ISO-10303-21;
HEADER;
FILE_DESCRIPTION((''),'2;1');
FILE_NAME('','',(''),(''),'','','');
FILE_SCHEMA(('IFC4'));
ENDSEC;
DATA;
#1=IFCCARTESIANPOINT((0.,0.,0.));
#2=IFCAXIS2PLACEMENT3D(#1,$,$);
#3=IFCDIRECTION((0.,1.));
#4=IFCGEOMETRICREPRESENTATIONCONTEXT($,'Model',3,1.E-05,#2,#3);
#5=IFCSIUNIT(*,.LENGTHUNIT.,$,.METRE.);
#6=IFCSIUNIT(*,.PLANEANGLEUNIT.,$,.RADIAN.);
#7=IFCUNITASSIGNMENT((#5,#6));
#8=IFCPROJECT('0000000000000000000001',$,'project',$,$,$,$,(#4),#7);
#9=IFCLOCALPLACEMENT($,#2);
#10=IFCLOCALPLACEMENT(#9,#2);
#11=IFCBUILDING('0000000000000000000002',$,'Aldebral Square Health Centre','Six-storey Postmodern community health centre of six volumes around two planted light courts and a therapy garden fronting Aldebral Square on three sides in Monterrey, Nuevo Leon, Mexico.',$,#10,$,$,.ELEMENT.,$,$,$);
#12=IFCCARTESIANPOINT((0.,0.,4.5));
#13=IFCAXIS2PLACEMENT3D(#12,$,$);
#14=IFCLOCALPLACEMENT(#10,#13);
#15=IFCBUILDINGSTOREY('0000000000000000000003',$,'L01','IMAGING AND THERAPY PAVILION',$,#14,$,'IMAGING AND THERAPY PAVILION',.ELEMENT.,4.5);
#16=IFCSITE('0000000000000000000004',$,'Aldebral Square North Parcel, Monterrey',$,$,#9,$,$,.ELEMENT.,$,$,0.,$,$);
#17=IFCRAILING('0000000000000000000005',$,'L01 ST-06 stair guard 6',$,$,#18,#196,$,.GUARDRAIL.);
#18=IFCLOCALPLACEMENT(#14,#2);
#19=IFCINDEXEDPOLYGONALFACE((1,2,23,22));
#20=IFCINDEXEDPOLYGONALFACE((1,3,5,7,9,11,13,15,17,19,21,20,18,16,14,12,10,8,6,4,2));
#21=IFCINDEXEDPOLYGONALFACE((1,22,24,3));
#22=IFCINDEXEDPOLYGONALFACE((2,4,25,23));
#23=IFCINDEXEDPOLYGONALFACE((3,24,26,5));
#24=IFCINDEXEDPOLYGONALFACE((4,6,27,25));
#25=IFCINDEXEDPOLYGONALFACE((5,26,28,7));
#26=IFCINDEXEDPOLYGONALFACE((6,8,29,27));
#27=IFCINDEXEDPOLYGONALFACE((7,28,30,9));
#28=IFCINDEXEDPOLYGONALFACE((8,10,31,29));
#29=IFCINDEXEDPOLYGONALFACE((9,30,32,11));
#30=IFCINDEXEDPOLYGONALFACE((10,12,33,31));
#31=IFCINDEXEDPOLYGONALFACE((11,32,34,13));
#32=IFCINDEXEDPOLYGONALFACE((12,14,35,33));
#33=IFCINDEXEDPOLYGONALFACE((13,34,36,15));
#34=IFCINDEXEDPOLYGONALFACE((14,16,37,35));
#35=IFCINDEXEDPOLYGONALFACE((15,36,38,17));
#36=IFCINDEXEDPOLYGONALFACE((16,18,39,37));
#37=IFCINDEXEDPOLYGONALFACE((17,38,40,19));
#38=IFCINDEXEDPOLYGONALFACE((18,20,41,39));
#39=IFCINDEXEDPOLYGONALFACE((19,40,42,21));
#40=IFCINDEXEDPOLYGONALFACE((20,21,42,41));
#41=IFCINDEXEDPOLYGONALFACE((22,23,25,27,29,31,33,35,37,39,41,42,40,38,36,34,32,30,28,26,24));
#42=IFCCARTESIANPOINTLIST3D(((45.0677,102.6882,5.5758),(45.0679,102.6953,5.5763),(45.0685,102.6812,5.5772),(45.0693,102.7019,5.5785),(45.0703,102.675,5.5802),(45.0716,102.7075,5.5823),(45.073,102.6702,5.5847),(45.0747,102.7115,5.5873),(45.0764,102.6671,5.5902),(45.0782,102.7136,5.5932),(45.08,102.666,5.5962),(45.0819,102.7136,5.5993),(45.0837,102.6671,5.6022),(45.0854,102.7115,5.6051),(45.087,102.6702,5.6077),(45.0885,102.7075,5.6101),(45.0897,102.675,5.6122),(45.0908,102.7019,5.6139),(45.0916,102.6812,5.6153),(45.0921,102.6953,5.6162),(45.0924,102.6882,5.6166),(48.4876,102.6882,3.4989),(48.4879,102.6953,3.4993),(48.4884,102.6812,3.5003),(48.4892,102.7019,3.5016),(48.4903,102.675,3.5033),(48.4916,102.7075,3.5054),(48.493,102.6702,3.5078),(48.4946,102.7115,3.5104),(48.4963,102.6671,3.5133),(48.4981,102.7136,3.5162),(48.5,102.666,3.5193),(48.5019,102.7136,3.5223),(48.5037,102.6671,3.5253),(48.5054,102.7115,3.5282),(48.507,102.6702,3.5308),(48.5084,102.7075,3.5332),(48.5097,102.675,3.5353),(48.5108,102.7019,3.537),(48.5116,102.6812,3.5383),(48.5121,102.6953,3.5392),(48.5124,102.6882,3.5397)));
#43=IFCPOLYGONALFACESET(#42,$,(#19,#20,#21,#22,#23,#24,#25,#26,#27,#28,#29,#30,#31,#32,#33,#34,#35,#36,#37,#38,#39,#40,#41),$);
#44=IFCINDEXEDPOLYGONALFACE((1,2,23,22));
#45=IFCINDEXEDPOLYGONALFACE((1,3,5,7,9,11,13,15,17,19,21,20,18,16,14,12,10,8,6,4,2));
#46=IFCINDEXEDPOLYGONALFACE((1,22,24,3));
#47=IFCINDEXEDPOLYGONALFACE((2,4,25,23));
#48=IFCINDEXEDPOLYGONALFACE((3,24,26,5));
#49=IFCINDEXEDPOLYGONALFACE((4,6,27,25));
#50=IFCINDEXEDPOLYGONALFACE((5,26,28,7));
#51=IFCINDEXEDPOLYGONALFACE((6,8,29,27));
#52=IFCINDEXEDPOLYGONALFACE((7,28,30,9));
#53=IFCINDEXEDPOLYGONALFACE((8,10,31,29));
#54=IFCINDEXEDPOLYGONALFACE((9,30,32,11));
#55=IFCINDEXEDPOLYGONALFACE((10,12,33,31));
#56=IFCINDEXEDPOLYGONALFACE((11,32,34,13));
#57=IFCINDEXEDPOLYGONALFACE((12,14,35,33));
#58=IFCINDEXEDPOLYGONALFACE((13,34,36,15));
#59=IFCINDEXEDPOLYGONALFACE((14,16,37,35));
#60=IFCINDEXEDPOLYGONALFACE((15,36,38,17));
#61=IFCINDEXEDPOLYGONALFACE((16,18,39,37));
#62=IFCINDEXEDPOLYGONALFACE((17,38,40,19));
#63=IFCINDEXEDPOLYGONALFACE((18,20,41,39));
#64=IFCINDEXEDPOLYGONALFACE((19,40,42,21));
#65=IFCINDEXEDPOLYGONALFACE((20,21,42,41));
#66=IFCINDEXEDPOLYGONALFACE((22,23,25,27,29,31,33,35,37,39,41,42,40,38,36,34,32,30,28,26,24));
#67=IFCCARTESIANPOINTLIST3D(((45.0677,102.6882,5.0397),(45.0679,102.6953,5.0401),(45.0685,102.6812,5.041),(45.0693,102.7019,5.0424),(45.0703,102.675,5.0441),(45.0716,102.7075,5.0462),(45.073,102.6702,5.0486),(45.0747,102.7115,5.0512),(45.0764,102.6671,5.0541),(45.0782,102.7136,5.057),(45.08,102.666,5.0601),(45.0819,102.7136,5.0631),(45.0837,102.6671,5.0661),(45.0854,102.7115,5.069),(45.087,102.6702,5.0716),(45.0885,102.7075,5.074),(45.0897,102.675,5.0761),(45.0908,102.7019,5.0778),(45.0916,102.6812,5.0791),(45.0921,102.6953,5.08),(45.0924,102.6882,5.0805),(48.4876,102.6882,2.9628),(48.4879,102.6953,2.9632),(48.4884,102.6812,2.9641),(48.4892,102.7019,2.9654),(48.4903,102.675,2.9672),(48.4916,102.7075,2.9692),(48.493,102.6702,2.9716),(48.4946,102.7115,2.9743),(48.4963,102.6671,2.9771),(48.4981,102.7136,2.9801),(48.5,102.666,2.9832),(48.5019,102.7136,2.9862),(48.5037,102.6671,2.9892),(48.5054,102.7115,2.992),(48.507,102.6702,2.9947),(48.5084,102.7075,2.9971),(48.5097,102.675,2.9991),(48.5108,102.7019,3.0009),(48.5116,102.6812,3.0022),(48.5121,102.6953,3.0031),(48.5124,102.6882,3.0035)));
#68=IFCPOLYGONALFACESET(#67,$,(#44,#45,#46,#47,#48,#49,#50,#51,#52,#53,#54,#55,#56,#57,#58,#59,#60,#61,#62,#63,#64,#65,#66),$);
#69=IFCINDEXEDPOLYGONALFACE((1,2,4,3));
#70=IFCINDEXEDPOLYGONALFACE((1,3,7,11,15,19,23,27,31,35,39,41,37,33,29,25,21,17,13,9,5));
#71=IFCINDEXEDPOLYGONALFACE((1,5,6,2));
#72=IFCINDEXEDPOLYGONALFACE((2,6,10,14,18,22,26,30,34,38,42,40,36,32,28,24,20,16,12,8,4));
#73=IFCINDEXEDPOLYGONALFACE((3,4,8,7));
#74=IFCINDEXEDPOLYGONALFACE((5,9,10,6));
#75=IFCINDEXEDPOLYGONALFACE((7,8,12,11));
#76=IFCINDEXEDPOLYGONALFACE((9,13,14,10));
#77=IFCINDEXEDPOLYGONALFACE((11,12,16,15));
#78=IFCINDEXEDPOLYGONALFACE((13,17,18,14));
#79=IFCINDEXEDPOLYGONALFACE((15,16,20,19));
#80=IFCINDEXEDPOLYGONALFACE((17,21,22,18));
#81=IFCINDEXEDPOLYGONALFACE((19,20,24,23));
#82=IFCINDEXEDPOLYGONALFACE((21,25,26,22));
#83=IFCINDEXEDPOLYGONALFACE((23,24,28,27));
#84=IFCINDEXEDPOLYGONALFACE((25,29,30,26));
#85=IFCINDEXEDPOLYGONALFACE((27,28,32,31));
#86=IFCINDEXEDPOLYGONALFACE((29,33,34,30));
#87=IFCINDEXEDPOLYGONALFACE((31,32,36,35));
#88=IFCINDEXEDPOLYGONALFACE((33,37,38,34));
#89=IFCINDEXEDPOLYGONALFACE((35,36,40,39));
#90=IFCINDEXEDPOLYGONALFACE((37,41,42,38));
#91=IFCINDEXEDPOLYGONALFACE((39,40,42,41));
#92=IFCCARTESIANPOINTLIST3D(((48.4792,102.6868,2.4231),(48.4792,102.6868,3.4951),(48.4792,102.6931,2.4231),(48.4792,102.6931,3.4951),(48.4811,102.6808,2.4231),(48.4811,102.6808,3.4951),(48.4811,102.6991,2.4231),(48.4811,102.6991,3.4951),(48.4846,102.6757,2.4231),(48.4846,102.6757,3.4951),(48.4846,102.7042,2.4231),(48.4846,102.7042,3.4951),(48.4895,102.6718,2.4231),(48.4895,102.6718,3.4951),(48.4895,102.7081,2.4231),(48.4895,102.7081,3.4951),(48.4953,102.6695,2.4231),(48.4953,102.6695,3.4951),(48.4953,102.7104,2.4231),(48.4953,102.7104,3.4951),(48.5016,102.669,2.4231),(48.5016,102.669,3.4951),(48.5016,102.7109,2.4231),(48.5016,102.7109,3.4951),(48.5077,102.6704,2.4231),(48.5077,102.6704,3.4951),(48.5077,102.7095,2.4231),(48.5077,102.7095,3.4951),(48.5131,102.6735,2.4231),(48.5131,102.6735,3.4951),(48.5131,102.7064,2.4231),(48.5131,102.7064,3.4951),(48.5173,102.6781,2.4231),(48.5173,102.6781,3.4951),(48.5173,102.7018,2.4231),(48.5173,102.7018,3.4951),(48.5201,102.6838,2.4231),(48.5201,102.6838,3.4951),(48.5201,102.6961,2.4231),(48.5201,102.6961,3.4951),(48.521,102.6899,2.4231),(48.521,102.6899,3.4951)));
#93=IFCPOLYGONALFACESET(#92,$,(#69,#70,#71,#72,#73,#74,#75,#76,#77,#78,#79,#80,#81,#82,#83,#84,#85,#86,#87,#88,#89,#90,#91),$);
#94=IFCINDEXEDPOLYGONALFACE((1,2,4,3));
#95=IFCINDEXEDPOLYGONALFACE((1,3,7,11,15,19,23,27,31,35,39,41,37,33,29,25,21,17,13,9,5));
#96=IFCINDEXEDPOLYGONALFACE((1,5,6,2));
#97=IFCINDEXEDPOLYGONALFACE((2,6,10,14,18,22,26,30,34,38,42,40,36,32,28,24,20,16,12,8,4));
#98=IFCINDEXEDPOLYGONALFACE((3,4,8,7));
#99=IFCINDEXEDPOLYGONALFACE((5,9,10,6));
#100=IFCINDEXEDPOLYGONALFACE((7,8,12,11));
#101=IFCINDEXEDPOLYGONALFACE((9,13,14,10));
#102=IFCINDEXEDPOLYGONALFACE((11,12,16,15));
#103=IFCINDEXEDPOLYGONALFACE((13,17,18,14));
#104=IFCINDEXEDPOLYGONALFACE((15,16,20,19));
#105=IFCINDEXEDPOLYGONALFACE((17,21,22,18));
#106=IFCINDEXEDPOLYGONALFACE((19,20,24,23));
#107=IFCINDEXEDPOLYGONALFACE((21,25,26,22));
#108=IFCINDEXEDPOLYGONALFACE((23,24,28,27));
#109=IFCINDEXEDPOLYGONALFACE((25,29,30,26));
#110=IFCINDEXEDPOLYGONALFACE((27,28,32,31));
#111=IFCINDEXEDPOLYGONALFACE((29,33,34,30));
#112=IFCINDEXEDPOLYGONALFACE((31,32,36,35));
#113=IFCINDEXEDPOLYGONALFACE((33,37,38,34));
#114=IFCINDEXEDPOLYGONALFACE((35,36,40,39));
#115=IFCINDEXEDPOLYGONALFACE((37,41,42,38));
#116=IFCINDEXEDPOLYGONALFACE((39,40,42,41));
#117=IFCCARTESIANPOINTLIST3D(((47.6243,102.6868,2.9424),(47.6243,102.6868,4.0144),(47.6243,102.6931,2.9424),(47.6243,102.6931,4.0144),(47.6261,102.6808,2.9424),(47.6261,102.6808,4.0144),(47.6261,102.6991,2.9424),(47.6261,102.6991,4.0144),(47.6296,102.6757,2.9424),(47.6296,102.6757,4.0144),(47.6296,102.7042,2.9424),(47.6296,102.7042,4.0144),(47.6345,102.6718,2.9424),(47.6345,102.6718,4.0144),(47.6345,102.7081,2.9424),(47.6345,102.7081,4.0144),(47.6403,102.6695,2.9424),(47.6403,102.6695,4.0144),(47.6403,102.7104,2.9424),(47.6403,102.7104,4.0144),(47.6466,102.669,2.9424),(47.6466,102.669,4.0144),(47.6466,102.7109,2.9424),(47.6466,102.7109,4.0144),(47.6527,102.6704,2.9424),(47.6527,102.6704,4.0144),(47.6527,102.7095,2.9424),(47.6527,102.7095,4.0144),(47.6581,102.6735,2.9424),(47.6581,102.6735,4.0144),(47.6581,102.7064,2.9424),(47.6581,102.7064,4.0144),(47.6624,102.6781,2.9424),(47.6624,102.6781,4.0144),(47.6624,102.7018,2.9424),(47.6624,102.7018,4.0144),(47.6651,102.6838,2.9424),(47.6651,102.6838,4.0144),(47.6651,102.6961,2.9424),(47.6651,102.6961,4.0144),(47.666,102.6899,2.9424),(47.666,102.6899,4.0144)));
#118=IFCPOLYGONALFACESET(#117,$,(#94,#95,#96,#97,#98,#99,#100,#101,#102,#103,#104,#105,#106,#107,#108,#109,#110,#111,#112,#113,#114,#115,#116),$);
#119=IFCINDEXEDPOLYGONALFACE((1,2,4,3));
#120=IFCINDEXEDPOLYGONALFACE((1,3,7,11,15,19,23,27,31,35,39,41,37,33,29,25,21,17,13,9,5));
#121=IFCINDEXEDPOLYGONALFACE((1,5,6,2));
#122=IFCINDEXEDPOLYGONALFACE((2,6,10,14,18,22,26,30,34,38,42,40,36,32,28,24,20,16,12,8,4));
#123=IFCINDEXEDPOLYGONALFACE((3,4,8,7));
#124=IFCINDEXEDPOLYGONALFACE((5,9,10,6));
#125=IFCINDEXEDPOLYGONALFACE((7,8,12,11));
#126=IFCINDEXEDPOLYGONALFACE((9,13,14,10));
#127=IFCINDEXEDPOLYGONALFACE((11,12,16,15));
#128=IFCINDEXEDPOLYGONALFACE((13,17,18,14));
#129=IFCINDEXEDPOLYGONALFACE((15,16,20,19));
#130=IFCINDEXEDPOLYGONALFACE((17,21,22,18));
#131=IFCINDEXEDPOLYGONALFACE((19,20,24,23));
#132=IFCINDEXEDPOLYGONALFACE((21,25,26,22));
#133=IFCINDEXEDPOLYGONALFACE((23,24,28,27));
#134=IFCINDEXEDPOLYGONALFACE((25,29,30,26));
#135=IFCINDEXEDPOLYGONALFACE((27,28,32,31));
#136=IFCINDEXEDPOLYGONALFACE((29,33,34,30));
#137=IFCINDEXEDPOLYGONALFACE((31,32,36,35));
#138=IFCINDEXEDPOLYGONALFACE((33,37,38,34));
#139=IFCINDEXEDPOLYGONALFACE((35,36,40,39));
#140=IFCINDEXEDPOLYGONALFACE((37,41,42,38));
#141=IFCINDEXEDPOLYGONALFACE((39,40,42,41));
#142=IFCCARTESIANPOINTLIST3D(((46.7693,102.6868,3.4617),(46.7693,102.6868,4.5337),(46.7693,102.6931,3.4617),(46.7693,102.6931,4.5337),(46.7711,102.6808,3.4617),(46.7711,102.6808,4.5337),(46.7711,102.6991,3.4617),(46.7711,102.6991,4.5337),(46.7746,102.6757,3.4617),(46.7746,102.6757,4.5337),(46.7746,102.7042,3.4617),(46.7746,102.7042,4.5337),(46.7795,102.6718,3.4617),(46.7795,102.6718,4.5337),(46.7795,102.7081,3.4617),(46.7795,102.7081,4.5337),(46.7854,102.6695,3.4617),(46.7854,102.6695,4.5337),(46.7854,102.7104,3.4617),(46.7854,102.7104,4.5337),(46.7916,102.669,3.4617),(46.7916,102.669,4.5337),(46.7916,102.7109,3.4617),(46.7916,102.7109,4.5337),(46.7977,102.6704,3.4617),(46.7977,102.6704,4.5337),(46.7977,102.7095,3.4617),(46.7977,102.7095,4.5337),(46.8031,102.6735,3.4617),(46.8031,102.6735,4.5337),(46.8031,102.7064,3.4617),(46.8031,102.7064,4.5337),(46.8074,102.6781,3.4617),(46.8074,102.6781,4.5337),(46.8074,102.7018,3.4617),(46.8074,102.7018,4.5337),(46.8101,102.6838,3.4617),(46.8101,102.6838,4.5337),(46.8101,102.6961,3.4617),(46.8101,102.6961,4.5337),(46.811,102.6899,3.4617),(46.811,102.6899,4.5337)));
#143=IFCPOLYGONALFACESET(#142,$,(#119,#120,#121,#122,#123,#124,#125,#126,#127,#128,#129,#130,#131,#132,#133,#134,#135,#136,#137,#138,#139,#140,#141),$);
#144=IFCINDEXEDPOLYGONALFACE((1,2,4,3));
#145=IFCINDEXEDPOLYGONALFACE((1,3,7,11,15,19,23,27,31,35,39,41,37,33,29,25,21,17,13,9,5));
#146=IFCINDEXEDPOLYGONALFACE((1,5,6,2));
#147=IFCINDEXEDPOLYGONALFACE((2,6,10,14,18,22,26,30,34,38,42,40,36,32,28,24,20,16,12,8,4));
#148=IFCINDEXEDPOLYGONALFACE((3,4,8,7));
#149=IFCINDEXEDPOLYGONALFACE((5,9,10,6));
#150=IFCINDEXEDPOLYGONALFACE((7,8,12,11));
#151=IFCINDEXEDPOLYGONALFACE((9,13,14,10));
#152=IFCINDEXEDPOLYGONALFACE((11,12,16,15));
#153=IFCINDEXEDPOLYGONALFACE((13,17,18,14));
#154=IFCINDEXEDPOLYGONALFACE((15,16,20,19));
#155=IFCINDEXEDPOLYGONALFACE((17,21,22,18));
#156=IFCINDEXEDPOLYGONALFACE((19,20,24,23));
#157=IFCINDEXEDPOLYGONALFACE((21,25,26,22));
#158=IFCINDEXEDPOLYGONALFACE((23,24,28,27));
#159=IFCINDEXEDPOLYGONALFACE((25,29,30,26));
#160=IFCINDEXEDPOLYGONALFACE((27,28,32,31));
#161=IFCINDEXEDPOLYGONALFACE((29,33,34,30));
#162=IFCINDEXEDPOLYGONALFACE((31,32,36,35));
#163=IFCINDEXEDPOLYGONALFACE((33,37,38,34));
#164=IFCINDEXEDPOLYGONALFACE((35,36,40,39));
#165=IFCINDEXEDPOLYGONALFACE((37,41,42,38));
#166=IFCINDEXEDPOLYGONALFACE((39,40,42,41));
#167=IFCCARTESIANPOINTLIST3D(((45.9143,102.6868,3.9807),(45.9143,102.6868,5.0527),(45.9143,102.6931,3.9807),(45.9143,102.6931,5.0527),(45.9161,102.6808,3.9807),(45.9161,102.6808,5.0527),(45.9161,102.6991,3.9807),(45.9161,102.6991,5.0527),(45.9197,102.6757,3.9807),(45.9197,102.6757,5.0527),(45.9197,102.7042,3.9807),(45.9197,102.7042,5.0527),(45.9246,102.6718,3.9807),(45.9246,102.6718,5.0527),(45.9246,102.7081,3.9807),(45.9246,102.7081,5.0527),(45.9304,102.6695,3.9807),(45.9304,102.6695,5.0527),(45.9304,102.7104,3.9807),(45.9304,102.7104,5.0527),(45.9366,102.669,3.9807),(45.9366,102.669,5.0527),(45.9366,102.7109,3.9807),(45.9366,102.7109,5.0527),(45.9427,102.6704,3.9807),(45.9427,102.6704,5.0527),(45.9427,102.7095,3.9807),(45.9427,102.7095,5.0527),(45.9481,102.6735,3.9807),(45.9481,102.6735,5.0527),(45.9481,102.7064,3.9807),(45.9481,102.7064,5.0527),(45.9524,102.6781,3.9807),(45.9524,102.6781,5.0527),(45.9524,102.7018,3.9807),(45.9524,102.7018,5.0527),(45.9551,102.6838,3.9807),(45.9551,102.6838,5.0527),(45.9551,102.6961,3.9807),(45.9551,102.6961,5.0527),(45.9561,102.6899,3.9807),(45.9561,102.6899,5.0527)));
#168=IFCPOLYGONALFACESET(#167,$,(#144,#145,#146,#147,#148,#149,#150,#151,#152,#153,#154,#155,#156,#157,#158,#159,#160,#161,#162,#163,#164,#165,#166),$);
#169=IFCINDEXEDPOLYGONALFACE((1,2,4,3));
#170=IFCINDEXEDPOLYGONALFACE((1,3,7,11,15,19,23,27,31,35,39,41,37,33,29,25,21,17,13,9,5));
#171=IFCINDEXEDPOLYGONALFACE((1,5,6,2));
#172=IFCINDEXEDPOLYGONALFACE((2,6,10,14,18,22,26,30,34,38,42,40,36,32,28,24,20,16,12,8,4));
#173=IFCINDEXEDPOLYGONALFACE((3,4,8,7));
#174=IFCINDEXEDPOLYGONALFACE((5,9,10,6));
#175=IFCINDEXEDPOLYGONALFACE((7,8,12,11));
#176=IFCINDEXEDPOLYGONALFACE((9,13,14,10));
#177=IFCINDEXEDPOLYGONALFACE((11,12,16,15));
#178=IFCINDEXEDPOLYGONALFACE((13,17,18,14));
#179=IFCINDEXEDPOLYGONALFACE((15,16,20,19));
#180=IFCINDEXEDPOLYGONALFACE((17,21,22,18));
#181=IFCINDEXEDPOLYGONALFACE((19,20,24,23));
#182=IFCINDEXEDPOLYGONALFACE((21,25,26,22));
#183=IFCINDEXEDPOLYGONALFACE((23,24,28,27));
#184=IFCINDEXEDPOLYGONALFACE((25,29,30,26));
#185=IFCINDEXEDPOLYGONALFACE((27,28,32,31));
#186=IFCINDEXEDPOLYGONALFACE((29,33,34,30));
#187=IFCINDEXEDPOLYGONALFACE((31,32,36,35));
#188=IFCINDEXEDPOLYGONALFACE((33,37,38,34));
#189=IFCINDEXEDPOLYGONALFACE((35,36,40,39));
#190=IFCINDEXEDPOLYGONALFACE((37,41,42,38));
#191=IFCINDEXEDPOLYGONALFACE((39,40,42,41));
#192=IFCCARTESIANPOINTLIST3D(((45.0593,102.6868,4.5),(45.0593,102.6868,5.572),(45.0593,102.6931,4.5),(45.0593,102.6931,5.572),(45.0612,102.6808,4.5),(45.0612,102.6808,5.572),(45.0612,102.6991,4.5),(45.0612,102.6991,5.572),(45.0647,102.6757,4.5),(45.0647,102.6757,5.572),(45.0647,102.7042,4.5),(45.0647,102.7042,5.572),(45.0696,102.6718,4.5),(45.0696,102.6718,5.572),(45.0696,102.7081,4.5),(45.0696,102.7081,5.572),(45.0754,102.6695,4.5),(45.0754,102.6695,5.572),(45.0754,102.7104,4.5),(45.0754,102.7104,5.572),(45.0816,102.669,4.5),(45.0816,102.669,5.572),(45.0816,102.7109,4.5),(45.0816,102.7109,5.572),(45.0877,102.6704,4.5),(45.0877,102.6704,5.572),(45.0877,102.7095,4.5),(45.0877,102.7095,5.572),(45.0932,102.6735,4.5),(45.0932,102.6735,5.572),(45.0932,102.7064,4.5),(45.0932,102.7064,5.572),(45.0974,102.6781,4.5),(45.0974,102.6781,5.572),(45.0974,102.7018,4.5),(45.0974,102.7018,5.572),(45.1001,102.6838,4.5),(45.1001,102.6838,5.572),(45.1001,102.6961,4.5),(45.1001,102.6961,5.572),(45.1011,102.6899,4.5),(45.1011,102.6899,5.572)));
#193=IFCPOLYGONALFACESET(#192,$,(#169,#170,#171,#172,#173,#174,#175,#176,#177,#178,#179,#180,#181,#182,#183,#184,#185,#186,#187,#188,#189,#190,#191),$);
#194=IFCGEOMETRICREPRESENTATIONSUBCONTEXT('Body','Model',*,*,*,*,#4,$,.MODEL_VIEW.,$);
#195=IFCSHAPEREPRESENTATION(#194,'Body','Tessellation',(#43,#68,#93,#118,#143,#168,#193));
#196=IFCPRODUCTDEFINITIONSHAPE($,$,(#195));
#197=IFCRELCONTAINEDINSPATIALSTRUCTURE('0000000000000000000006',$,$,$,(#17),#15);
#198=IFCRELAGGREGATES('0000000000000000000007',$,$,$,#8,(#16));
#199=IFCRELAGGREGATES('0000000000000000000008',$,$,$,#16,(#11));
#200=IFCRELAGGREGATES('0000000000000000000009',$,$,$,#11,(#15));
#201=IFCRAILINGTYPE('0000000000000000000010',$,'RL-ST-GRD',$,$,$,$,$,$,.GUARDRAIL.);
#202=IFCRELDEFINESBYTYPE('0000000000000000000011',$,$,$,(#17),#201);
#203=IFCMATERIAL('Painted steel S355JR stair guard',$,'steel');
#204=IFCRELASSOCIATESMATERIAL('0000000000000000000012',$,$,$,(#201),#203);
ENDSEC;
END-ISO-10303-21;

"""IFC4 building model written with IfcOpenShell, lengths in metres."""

from ifc_helpers import new_model, si_unit, direction, frame, origin, origin_2d, place, context, subcontext, project, spatial, circle, extrude, material, type_object, element, save


model = new_model("IFC4")

# Units and contexts
model_context = context("Model", 3, precision=1e-05, world=origin(), true_north=direction((0.0, 1.0)))
body_context = subcontext(model_context, "Body", "Model", "MODEL_VIEW")
ifc_project = project(units=[si_unit("LENGTHUNIT", "METRE"), si_unit("PLANEANGLEUNIT", "RADIAN")], contexts=[model_context])

# Site, building, storey
site_placement = place(None, origin())
site = spatial("IfcSite", under=ifc_project, at=site_placement, Name="Aldebral Square North Parcel, Monterrey", CompositionType="ELEMENT", RefElevation=0.0)
building_placement = place(site_placement, origin())
building = spatial("IfcBuilding", under=site, at=building_placement, Name="Aldebral Square Health Centre", Description="Six-storey Postmodern community health centre of six volumes around two planted light courts and a therapy garden fronting Aldebral Square on three sides in Monterrey, Nuevo Leon, Mexico.", CompositionType="ELEMENT")
storey_placement = place(building_placement, frame((0.0, 0.0, 4.5)))
storey = spatial("IfcBuildingStorey", under=building, at=storey_placement, Name="L01", Description="IMAGING AND THERAPY PAVILION", LongName="IMAGING AND THERAPY PAVILION", CompositionType="ELEMENT", Elevation=4.5)

# Railing
ifc_material_1 = material(Name="Painted steel S355JR stair guard", Category="steel")
railing_type_1 = type_object("IfcRailingType", Name="RL-ST-GRD", PredefinedType="GUARDRAIL", material=ifc_material_1)
railing_1_placement = place(storey_placement, frame((48.5, 102.6899, 2.4231)))
element("IfcRailing", 1, at=railing_1_placement, inside=storey, type_object=railing_type_1, Name="L01 ST-06 stair guard 6", PredefinedType="GUARDRAIL", context=body_context, shape_type="SweptSolid", body=[
    extrude(circle(Radius=0.0239, at=origin_2d()), frame((0.0, 0.0, 1.0962), z_axis=(-0.85473, 0.0, 0.519074), x_axis=(0.0, -1.0, 0.0)), (0.0, 0.0, 1.0), 4.0012),
    extrude(circle(Radius=0.0239, at=origin_2d()), frame((0.0, 0.0, 0.5601), z_axis=(-0.85473, 0.0, 0.519074), x_axis=(0.0, -1.0, 0.0)), (0.0, 0.0, 1.0), 4.0012),
    extrude(circle(Radius=0.021, at=origin_2d()), origin(), (0.0, 0.0, 1.0), 1.072),
    extrude(circle(Radius=0.021, at=origin_2d()), frame((-0.855, 0.0, 0.5193)), (0.0, 0.0, 1.0), 1.072),
    extrude(circle(Radius=0.021, at=origin_2d()), frame((-1.71, 0.0, 1.0386)), (0.0, 0.0, 1.0), 1.072),
    extrude(circle(Radius=0.021, at=origin_2d()), frame((-2.5649, 0.0, 1.5576)), (0.0, 0.0, 1.0), 1.072),
    extrude(circle(Radius=0.021, at=origin_2d()), frame((-3.4199, 0.0, 2.0769)), (0.0, 0.0, 1.0), 1.072),
])

save(model, "model.ifc")
